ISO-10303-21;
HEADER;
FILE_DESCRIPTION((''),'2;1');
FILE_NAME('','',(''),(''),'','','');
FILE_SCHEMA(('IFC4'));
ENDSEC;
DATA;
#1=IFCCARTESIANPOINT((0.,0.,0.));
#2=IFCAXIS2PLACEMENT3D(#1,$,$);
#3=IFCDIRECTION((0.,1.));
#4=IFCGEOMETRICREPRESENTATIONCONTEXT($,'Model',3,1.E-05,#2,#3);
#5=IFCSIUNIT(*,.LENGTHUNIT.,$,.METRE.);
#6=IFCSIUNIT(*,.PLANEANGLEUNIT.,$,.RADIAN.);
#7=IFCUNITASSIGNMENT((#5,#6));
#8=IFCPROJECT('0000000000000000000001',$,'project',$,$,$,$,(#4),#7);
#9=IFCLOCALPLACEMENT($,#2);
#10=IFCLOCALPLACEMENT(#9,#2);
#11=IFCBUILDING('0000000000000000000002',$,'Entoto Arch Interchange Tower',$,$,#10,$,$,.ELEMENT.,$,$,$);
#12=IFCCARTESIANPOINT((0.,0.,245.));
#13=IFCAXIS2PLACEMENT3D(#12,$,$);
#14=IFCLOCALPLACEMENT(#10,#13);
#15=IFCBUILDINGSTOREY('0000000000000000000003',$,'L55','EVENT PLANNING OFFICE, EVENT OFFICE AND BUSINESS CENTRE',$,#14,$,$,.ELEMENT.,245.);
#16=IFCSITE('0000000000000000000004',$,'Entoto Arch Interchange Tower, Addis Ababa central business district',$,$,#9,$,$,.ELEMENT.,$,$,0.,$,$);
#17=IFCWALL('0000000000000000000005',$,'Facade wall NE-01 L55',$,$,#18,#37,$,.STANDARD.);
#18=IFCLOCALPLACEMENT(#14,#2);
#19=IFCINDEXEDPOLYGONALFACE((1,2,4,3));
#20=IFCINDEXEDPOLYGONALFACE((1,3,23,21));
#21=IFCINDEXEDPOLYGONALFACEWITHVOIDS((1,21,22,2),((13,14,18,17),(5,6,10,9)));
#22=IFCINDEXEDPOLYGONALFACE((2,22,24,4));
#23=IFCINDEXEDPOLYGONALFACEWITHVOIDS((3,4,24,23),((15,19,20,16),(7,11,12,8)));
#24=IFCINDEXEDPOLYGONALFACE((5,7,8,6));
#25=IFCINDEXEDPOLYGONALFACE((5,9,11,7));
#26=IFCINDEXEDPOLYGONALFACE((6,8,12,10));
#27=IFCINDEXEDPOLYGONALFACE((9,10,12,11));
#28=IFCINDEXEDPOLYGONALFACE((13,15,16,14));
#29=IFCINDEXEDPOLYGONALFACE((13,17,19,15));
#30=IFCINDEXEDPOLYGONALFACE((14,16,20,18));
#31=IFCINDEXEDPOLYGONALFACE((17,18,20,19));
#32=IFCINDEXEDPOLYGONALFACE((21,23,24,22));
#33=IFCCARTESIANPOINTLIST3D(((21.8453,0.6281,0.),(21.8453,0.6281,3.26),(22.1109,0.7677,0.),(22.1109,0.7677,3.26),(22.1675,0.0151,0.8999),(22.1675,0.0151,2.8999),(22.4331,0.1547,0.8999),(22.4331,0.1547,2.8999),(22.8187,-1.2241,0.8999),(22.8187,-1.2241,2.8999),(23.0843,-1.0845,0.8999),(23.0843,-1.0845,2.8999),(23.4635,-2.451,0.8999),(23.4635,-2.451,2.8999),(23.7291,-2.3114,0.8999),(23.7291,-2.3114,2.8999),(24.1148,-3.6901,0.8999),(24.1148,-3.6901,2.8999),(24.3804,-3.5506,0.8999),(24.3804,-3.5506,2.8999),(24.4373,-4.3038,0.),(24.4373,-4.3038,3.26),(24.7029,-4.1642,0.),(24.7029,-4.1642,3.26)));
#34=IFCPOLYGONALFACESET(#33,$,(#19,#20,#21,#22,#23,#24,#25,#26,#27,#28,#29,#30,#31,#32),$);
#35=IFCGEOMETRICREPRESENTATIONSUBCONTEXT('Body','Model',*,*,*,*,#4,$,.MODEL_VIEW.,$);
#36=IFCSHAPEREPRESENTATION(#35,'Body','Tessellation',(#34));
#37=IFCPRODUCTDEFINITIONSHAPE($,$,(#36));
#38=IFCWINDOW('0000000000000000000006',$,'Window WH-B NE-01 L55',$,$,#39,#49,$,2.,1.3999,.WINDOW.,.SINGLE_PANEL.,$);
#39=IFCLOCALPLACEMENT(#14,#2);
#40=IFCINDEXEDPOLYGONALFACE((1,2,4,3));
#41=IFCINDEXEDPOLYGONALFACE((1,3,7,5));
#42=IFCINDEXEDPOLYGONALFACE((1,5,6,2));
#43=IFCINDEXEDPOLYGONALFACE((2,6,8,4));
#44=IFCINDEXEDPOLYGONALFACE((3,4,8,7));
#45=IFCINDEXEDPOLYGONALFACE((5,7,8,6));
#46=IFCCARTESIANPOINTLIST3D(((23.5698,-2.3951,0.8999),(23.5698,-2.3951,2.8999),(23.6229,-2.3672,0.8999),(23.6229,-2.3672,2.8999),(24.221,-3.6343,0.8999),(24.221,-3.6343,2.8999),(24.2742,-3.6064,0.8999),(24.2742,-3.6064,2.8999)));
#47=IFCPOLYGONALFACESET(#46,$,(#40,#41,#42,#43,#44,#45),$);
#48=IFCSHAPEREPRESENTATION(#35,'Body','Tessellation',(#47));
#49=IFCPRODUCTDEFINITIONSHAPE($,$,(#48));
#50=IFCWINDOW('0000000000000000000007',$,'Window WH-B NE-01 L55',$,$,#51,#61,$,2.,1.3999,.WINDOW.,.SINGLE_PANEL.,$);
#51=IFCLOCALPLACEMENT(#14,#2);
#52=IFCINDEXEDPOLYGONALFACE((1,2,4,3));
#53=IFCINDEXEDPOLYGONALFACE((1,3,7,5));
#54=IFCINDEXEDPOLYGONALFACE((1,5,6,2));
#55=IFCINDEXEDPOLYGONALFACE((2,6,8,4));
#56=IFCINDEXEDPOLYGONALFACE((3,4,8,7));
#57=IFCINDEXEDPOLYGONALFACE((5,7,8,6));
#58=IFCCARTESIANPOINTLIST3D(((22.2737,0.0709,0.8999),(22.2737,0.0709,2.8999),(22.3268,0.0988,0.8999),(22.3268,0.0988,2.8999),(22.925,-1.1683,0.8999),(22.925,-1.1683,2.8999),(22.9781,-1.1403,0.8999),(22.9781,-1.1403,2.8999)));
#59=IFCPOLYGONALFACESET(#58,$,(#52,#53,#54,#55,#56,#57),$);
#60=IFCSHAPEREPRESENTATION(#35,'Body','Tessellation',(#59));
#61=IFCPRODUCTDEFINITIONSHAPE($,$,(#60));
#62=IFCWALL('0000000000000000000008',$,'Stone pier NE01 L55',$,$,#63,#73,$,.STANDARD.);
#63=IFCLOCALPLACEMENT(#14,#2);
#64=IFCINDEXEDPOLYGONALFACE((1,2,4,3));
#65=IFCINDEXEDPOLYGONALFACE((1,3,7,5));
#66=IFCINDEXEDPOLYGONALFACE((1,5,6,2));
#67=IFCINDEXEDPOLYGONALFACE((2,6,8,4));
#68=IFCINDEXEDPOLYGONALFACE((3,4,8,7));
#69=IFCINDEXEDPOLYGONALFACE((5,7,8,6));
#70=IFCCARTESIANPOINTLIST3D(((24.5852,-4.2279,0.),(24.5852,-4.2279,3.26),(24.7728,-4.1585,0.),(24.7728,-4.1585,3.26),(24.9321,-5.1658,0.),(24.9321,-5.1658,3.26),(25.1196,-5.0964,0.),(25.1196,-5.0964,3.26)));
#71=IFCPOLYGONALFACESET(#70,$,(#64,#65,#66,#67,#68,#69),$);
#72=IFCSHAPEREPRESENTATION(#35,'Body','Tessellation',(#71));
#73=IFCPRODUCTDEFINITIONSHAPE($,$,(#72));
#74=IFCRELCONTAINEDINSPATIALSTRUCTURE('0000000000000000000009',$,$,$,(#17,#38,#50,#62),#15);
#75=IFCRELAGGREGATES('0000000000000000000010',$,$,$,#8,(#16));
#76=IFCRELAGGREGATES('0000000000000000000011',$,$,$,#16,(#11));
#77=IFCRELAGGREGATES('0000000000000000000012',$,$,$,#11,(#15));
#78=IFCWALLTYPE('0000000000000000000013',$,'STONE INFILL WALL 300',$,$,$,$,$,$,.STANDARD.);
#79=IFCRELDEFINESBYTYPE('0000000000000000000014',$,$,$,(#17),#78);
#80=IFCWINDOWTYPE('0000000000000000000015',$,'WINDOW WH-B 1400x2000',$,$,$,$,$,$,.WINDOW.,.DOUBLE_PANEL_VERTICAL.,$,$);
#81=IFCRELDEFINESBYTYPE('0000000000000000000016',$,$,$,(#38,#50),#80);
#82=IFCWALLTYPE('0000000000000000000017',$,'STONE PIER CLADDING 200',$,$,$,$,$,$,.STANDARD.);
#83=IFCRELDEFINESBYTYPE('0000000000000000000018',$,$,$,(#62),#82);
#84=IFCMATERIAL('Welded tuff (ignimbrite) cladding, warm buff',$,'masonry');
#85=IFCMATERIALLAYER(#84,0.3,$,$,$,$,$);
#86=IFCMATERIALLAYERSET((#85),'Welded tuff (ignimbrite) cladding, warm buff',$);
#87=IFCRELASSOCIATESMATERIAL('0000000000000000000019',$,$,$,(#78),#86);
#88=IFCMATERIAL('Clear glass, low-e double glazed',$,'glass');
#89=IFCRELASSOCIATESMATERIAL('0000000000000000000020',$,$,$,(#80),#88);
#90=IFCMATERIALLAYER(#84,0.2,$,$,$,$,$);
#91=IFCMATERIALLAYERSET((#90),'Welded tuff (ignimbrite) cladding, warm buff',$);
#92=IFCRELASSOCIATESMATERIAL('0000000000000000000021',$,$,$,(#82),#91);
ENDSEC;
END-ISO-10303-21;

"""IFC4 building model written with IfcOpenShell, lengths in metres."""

from ifc_helpers import new_model, si_unit, direction, frame, frame_2d, origin, place, context, subcontext, project, spatial, rectangle, extrude, material, layer, layer_set, type_object, element, fill, save


model = new_model("IFC4")

# Units and contexts
model_context = context("Model", 3, precision=1e-05, world=origin(), true_north=direction((0.0, 1.0)))
body_context = subcontext(model_context, "Body", "Model", "MODEL_VIEW")
ifc_project = project(units=[si_unit("LENGTHUNIT", "METRE"), si_unit("PLANEANGLEUNIT", "RADIAN")], contexts=[model_context])

# Site, building, storey
site_placement = place(None, origin())
site = spatial("IfcSite", under=ifc_project, at=site_placement, Name="Entoto Arch Interchange Tower, Addis Ababa central business district", CompositionType="ELEMENT", RefElevation=0.0)
building_placement = place(site_placement, origin())
building = spatial("IfcBuilding", under=site, at=building_placement, Name="Entoto Arch Interchange Tower", CompositionType="ELEMENT")
storey_placement = place(building_placement, frame((0.0, 0.0, 245.0)))
storey = spatial("IfcBuildingStorey", under=building, at=storey_placement, Name="L55", Description="EVENT PLANNING OFFICE, EVENT OFFICE AND BUSINESS CENTRE", CompositionType="ELEMENT", Elevation=245.0)

# Shared definitions
ifc_material_1 = material(Name="Welded tuff (ignimbrite) cladding, warm buff", Category="masonry")
ifc_layer_1 = layer(ifc_material_1, 0.3)
ifc_layer_set_1 = layer_set([ifc_layer_1], Name="Welded tuff (ignimbrite) cladding, warm buff")
wall_type_1 = type_object("IfcWallType", Name="STONE INFILL WALL 300", PredefinedType="STANDARD", material=ifc_layer_set_1)
ifc_material_2 = material(Name="Clear glass, low-e double glazed", Category="glass")
window_type = type_object("IfcWindowType", Name="WINDOW WH-B 1400x2000", PartitioningType="DOUBLE_PANEL_VERTICAL", PredefinedType="WINDOW", material=ifc_material_2)

# Wall, openings, windows
wall_1_placement = place(storey_placement, frame((24.5701, -4.2339, 0.0), z_axis=(0.0, 0.0, 1.0), x_axis=(-0.465228, 0.885191, 0.0)))
wall_1 = element("IfcWall", 1, at=wall_1_placement, inside=storey, type_object=wall_type_1, Name="Facade wall NE-01 L55", PredefinedType="STANDARD", context=body_context, shape_type="SweptSolid", body=[
    extrude(rectangle(XDim=5.5715, YDim=0.3, at=frame_2d((2.7856, 0.0))), origin(), (0.0, 0.0, 1.0), 3.26),
])
opening_1_placement = place(wall_1_placement, frame((0.6931, 0.0, 0.8999)))
opening_1 = element("IfcOpeningElement", 2, at=opening_1_placement, cuts=wall_1, PredefinedType="OPENING", context=body_context, shape_type="SweptSolid", body=[
    extrude(rectangle(XDim=1.3999, YDim=2.0, at=frame_2d((0.7, 1.0))), frame((0.0, 0.1602, 0.0), z_axis=(0.0, -1.0, 0.0), x_axis=(1.0, 0.0, 0.0)), (0.0, 0.0, 1.0), 0.3201),
])
opening_2_placement = place(wall_1_placement, frame((3.479, 0.0, 0.8999)))
opening_2 = element("IfcOpeningElement", 3, at=opening_2_placement, cuts=wall_1, PredefinedType="OPENING", context=body_context, shape_type="SweptSolid", body=[
    extrude(rectangle(XDim=1.3999, YDim=2.0, at=frame_2d((0.7, 1.0))), frame((0.0, 0.1602, 0.0), z_axis=(0.0, -1.0, 0.0), x_axis=(1.0, 0.0, 0.0)), (0.0, 0.0, 1.0), 0.3201),
])
window_1_placement = place(opening_1_placement, origin())
window_1 = element("IfcWindow", 4, at=window_1_placement, inside=storey, type_object=window_type, Name="Window WH-B NE-01 L55", OverallHeight=2.0, OverallWidth=1.3999, PartitioningType="SINGLE_PANEL", PredefinedType="WINDOW", context=body_context, shape_type="SweptSolid", body=[
    extrude(rectangle(XDim=1.3999, YDim=2.0, at=frame_2d((0.7, 1.0))), frame((0.0, 0.03, 0.0), z_axis=(0.0, -1.0, 0.0), x_axis=(1.0, 0.0, 0.0)), (0.0, 0.0, 1.0), 0.0601),
])
fill(opening_1, window_1)
window_2_placement = place(opening_2_placement, origin())
window_2 = element("IfcWindow", 5, at=window_2_placement, inside=storey, type_object=window_type, Name="Window WH-B NE-01 L55", OverallHeight=2.0, OverallWidth=1.3999, PartitioningType="SINGLE_PANEL", PredefinedType="WINDOW", context=body_context, shape_type="SweptSolid", body=[
    extrude(rectangle(XDim=1.3999, YDim=2.0, at=frame_2d((0.7, 1.0))), frame((0.0, 0.03, 0.0), z_axis=(0.0, -1.0, 0.0), x_axis=(1.0, 0.0, 0.0)), (0.0, 0.0, 1.0), 0.0601),
])
fill(opening_2, window_2)

# Wall
ifc_layer_2 = layer(ifc_material_1, 0.2)
ifc_layer_set_2 = layer_set([ifc_layer_2], Name="Welded tuff (ignimbrite) cladding, warm buff")
wall_type_2 = type_object("IfcWallType", Name="STONE PIER CLADDING 200", PredefinedType="STANDARD", material=ifc_layer_set_2)
wall_2_placement = place(storey_placement, frame((25.0259, -5.1311, 0.0), z_axis=(0.0, 0.0, 1.0), x_axis=(-0.346893, 0.937905, 0.0)))
element("IfcWall", 6, at=wall_2_placement, inside=storey, type_object=wall_type_2, Name="Stone pier NE01 L55", PredefinedType="STANDARD", context=body_context, shape_type="SweptSolid", body=[
    extrude(rectangle(XDim=1.0, YDim=0.2, at=frame_2d((0.5, 0.0))), origin(), (0.0, 0.0, 1.0), 3.26),
])

save(model, "model.ifc")
